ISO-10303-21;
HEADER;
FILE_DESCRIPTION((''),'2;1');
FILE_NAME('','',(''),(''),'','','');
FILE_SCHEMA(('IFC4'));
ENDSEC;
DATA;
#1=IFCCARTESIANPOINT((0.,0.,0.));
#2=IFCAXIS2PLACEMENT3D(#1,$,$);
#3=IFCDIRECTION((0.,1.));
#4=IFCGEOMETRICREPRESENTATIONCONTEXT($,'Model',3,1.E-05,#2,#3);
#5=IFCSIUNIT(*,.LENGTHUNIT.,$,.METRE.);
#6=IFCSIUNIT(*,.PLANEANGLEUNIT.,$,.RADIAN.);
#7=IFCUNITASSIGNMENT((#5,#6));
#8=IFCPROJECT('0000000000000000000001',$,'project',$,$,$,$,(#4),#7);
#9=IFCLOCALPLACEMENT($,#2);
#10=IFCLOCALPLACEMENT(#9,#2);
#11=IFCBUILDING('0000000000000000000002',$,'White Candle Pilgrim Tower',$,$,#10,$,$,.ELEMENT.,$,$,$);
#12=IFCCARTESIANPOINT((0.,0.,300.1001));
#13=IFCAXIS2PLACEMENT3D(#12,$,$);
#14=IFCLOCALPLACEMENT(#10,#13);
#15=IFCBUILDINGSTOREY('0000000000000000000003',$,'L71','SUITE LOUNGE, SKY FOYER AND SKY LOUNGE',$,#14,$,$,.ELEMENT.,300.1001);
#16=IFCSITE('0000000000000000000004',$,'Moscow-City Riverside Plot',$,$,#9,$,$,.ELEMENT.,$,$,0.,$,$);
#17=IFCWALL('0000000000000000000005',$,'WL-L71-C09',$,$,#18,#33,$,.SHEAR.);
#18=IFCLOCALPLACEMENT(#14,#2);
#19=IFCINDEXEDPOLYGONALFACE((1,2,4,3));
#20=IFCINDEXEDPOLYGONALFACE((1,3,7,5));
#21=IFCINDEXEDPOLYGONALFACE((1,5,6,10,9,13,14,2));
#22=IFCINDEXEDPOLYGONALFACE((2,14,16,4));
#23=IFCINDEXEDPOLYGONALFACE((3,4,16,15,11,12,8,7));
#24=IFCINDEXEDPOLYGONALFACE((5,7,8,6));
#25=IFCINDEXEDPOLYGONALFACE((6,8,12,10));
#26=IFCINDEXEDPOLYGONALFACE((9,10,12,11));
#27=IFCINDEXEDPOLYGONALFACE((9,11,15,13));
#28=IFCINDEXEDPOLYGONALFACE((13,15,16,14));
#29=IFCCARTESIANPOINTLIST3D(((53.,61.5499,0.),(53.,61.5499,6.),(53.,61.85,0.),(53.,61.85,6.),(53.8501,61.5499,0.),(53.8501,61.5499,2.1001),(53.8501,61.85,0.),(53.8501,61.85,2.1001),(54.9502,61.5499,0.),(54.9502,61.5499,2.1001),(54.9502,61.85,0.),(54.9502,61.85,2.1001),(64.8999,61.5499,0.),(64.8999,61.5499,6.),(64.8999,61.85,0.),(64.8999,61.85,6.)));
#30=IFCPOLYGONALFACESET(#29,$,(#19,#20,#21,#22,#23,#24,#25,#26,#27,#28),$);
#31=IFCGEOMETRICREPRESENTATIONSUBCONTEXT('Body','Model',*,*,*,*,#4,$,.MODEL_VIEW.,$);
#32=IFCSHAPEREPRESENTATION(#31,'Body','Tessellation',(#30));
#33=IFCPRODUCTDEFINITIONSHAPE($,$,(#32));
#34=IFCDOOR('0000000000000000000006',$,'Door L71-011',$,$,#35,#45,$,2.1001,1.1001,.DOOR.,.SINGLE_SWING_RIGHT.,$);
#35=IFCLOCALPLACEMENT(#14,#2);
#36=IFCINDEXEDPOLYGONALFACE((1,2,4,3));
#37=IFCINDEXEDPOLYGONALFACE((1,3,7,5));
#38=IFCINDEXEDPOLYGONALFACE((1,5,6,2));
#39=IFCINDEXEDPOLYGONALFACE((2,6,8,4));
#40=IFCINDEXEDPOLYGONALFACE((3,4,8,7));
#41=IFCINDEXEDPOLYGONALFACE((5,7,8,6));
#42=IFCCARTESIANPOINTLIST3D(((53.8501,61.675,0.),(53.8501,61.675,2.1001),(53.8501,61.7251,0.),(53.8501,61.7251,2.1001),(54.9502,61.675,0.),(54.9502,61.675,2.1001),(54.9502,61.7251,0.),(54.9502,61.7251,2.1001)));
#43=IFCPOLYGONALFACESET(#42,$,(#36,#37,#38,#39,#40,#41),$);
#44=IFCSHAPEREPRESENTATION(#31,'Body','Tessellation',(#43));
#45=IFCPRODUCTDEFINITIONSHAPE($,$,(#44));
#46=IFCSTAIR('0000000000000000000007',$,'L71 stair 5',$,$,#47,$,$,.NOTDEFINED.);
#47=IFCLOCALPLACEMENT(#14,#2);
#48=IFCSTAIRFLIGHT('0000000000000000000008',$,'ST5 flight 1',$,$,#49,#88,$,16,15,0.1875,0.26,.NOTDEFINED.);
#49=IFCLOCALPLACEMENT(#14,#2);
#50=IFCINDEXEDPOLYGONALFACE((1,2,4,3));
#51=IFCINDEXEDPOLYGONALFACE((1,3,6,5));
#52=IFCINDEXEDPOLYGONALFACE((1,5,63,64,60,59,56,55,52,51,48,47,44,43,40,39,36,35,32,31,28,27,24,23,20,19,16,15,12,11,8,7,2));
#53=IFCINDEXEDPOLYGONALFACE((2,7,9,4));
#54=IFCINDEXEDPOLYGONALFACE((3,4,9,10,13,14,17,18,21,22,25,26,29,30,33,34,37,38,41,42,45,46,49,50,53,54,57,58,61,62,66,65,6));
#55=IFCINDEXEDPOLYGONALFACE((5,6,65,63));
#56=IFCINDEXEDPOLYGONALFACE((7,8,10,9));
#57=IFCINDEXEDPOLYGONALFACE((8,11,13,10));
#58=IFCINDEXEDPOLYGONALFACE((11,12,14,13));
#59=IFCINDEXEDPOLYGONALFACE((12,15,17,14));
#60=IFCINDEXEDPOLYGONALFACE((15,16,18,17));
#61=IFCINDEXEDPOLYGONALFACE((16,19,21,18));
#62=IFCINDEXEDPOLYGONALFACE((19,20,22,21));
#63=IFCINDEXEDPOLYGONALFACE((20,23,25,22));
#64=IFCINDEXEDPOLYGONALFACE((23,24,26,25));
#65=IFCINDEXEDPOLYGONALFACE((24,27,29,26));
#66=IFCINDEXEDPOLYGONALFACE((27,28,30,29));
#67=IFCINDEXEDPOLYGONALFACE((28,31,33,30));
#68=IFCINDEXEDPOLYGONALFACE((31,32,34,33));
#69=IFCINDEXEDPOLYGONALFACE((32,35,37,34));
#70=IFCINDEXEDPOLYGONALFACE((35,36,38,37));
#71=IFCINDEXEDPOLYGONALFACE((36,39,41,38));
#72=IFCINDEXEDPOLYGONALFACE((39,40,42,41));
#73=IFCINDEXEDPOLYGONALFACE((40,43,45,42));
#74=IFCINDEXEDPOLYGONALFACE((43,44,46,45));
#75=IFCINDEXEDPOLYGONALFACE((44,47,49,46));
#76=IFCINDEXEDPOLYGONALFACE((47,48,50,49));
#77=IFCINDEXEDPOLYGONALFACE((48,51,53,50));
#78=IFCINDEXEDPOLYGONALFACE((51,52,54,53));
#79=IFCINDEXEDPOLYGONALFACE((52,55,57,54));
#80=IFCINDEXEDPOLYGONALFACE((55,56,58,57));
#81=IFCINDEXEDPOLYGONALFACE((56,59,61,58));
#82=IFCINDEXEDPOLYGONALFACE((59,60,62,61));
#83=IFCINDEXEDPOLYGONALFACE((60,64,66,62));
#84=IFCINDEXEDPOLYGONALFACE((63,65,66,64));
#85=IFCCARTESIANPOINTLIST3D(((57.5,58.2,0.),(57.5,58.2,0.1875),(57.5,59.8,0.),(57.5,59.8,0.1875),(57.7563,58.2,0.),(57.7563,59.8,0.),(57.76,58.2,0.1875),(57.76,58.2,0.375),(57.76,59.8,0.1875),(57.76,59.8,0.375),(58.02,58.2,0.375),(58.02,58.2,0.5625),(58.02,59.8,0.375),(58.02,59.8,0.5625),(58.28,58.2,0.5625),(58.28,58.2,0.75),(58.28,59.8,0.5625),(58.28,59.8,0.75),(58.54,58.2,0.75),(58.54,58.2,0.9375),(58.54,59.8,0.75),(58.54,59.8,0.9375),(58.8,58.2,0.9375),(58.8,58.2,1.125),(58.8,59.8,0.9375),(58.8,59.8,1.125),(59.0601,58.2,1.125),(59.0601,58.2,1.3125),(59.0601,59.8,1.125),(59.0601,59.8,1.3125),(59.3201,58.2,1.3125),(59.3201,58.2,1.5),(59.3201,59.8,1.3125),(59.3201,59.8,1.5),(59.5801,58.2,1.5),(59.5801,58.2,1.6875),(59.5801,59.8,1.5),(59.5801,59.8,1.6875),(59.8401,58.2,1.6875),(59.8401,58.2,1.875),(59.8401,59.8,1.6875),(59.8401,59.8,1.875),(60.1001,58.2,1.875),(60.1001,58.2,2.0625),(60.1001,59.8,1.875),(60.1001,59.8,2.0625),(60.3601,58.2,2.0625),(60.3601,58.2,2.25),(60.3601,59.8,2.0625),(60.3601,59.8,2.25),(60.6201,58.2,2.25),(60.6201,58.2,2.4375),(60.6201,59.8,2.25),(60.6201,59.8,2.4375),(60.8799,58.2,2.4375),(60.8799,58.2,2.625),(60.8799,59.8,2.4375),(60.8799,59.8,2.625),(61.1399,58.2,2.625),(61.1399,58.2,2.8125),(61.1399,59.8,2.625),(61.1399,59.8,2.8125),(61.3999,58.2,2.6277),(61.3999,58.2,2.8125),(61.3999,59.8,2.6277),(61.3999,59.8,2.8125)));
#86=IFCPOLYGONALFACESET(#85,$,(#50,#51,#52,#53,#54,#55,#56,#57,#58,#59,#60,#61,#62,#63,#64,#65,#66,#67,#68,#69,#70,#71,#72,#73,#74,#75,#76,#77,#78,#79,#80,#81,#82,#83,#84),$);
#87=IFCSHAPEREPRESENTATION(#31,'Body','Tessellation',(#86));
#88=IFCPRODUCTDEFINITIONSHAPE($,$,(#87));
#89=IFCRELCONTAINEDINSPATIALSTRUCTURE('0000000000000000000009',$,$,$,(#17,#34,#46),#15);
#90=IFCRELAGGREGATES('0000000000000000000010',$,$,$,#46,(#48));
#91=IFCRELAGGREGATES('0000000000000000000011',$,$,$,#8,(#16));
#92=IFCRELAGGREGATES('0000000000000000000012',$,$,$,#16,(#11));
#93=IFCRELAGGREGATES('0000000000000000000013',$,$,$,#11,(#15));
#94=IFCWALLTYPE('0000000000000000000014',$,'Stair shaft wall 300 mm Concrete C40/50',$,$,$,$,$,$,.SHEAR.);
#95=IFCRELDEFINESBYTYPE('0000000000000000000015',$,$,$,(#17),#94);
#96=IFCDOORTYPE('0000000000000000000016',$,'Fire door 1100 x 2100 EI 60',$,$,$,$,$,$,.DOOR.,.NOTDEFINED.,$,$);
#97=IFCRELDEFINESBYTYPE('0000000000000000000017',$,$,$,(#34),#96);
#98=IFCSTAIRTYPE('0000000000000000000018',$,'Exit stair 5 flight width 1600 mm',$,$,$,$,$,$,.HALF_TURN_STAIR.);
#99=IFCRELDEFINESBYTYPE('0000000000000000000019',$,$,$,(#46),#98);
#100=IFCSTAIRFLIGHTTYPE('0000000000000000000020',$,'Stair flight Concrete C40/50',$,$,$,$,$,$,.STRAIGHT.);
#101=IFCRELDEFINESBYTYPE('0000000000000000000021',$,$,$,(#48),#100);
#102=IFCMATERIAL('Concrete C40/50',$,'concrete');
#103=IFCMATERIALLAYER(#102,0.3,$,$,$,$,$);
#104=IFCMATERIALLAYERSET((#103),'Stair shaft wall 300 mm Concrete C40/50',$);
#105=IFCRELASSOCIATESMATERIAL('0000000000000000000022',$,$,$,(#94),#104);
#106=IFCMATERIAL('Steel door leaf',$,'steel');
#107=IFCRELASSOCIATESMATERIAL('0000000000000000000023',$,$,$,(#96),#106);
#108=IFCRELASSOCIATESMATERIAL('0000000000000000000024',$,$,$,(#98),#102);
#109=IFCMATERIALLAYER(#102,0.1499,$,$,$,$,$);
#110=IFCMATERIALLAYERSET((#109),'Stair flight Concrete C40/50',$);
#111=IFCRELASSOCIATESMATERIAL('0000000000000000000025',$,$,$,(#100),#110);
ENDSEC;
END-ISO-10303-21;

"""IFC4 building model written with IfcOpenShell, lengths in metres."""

from ifc_helpers import new_model, si_unit, direction, frame, frame_2d, origin, place, context, subcontext, project, spatial, polyline, rectangle, outline, extrude, material, layer, layer_set, type_object, element, fill, aggregate, save


model = new_model("IFC4")

# Units and contexts
model_context = context("Model", 3, precision=1e-05, world=origin(), true_north=direction((0.0, 1.0)))
body_context = subcontext(model_context, "Body", "Model", "MODEL_VIEW")
ifc_project = project(units=[si_unit("LENGTHUNIT", "METRE"), si_unit("PLANEANGLEUNIT", "RADIAN")], contexts=[model_context])

# Site, building, storey
site_placement = place(None, origin())
site = spatial("IfcSite", under=ifc_project, at=site_placement, Name="Moscow-City Riverside Plot", CompositionType="ELEMENT", RefElevation=0.0)
building_placement = place(site_placement, origin())
building = spatial("IfcBuilding", under=site, at=building_placement, Name="White Candle Pilgrim Tower", CompositionType="ELEMENT")
storey_placement = place(building_placement, frame((0.0, 0.0, 300.1001)))
storey = spatial("IfcBuildingStorey", under=building, at=storey_placement, Name="L71", Description="SUITE LOUNGE, SKY FOYER AND SKY LOUNGE", CompositionType="ELEMENT", Elevation=300.1001)

# Shared definitions
ifc_material_1 = material(Name="Concrete C40/50", Category="concrete")

# Shared definitions
ifc_material_2 = material(Name="Steel door leaf", Category="steel")

# Wall, opening, door
ifc_layer_1 = layer(ifc_material_1, 0.3)
ifc_layer_set_1 = layer_set([ifc_layer_1], Name="Stair shaft wall 300 mm Concrete C40/50")
wall_type_1 = type_object("IfcWallType", Name="Stair shaft wall 300 mm Concrete C40/50", PredefinedType="SHEAR", material=ifc_layer_set_1)
wall_1_placement = place(storey_placement, frame((53.0, 61.7, 0.0), z_axis=(0.0, 0.0, 1.0), x_axis=(1.0, 0.0, 0.0)))
wall_1 = element("IfcWall", 1, at=wall_1_placement, inside=storey, type_object=wall_type_1, Name="WL-L71-C09", PredefinedType="SHEAR", context=body_context, shape_type="SweptSolid", body=[
    extrude(rectangle(XDim=11.8999, YDim=0.3, at=frame_2d((5.95, 0.0))), origin(), (0.0, 0.0, 1.0), 6.0),
])
opening_1_placement = place(wall_1_placement, frame((0.8501, 0.0, 0.0)))
opening_1 = element("IfcOpeningElement", 2, at=opening_1_placement, cuts=wall_1, PredefinedType="OPENING", context=body_context, shape_type="SweptSolid", body=[
    extrude(rectangle(XDim=1.1001, YDim=2.1001, at=frame_2d((0.55, 1.05))), frame((0.0, 0.1599, 0.0), z_axis=(0.0, -1.0, 0.0), x_axis=(1.0, 0.0, 0.0)), (0.0, 0.0, 1.0), 0.3201),
])
door_type_1 = type_object("IfcDoorType", Name="Fire door 1100 x 2100 EI 60", OperationType="NOTDEFINED", PredefinedType="DOOR", material=ifc_material_2)
door_1_placement = place(opening_1_placement, frame((1.1001, 0.0, 0.0), z_axis=(0.0, 0.0, 1.0), x_axis=(-1.0, 0.0, 0.0)))
door_1 = element("IfcDoor", 3, at=door_1_placement, inside=storey, type_object=door_type_1, Name="Door L71-011", OperationType="SINGLE_SWING_RIGHT", OverallHeight=2.1001, OverallWidth=1.1001, PredefinedType="DOOR", context=body_context, shape_type="SweptSolid", body=[
    extrude(rectangle(XDim=1.1001, YDim=2.1001, at=frame_2d((0.55, 1.05))), frame((0.0, 0.0249, 0.0), z_axis=(0.0, -1.0, 0.0), x_axis=(1.0, 0.0, 0.0)), (0.0, 0.0, 1.0), 0.05),
])
fill(opening_1, door_1)

# Stair, stair flight
stair_type = type_object("IfcStairType", Name="Exit stair 5 flight width 1600 mm", PredefinedType="HALF_TURN_STAIR", material=ifc_material_1)
stair_placement = place(storey_placement, origin())
stair = element("IfcStair", 4, at=stair_placement, inside=storey, type_object=stair_type, Name="L71 stair 5", PredefinedType="NOTDEFINED")
ifc_layer_2 = layer(ifc_material_1, 0.1499)
ifc_layer_set_2 = layer_set([ifc_layer_2], Name="Stair flight Concrete C40/50")
stair_flight_type = type_object("IfcStairFlightType", Name="Stair flight Concrete C40/50", PredefinedType="STRAIGHT", material=ifc_layer_set_2)
stair_flight_placement = place(storey_placement, frame((57.5, 59.0, 0.0), z_axis=(0.0, 0.0, 1.0), x_axis=(1.0, 0.0, 0.0)))
stair_flight = element("IfcStairFlight", 5, at=stair_flight_placement, type_object=stair_flight_type, Name="ST5 flight 1", NumberOfRisers=16, NumberOfTreads=15, PredefinedType="NOTDEFINED", RiserHeight=0.1875, TreadLength=0.26, context=body_context, shape_type="SweptSolid", body=[
    extrude(outline(polyline([(0.0, 0.0), (0.0, 0.1875), (0.26, 0.1875), (0.26, 0.375), (0.52, 0.375), (0.52, 0.5625), (0.78, 0.5625), (0.78, 0.75), (1.04, 0.75), (1.04, 0.9375), (1.3, 0.9375), (1.3, 1.125), (1.5601, 1.125), (1.5601, 1.3125), (1.8201, 1.3125), (1.8201, 1.5), (2.0801, 1.5), (2.0801, 1.6875), (2.3401, 1.6875), (2.3401, 1.875), (2.6001, 1.875), (2.6001, 2.0625), (2.8601, 2.0625), (2.8601, 2.25), (3.1201, 2.25), (3.1201, 2.4375), (3.3799, 2.4375), (3.3799, 2.625), (3.6399, 2.625), (3.6399, 2.8125), (3.8999, 2.8125), (3.8999, 3.0), (3.8999, 2.6277), (0.2563, 0.0), (0.0, 0.0)])), frame((0.0, 0.8, 0.0), z_axis=(0.0, -1.0, 0.0), x_axis=(1.0, 0.0, 0.0)), (0.0, 0.0, 1.0), 1.6001),
])
aggregate(stair, [stair_flight])

save(model, "model.ifc")
